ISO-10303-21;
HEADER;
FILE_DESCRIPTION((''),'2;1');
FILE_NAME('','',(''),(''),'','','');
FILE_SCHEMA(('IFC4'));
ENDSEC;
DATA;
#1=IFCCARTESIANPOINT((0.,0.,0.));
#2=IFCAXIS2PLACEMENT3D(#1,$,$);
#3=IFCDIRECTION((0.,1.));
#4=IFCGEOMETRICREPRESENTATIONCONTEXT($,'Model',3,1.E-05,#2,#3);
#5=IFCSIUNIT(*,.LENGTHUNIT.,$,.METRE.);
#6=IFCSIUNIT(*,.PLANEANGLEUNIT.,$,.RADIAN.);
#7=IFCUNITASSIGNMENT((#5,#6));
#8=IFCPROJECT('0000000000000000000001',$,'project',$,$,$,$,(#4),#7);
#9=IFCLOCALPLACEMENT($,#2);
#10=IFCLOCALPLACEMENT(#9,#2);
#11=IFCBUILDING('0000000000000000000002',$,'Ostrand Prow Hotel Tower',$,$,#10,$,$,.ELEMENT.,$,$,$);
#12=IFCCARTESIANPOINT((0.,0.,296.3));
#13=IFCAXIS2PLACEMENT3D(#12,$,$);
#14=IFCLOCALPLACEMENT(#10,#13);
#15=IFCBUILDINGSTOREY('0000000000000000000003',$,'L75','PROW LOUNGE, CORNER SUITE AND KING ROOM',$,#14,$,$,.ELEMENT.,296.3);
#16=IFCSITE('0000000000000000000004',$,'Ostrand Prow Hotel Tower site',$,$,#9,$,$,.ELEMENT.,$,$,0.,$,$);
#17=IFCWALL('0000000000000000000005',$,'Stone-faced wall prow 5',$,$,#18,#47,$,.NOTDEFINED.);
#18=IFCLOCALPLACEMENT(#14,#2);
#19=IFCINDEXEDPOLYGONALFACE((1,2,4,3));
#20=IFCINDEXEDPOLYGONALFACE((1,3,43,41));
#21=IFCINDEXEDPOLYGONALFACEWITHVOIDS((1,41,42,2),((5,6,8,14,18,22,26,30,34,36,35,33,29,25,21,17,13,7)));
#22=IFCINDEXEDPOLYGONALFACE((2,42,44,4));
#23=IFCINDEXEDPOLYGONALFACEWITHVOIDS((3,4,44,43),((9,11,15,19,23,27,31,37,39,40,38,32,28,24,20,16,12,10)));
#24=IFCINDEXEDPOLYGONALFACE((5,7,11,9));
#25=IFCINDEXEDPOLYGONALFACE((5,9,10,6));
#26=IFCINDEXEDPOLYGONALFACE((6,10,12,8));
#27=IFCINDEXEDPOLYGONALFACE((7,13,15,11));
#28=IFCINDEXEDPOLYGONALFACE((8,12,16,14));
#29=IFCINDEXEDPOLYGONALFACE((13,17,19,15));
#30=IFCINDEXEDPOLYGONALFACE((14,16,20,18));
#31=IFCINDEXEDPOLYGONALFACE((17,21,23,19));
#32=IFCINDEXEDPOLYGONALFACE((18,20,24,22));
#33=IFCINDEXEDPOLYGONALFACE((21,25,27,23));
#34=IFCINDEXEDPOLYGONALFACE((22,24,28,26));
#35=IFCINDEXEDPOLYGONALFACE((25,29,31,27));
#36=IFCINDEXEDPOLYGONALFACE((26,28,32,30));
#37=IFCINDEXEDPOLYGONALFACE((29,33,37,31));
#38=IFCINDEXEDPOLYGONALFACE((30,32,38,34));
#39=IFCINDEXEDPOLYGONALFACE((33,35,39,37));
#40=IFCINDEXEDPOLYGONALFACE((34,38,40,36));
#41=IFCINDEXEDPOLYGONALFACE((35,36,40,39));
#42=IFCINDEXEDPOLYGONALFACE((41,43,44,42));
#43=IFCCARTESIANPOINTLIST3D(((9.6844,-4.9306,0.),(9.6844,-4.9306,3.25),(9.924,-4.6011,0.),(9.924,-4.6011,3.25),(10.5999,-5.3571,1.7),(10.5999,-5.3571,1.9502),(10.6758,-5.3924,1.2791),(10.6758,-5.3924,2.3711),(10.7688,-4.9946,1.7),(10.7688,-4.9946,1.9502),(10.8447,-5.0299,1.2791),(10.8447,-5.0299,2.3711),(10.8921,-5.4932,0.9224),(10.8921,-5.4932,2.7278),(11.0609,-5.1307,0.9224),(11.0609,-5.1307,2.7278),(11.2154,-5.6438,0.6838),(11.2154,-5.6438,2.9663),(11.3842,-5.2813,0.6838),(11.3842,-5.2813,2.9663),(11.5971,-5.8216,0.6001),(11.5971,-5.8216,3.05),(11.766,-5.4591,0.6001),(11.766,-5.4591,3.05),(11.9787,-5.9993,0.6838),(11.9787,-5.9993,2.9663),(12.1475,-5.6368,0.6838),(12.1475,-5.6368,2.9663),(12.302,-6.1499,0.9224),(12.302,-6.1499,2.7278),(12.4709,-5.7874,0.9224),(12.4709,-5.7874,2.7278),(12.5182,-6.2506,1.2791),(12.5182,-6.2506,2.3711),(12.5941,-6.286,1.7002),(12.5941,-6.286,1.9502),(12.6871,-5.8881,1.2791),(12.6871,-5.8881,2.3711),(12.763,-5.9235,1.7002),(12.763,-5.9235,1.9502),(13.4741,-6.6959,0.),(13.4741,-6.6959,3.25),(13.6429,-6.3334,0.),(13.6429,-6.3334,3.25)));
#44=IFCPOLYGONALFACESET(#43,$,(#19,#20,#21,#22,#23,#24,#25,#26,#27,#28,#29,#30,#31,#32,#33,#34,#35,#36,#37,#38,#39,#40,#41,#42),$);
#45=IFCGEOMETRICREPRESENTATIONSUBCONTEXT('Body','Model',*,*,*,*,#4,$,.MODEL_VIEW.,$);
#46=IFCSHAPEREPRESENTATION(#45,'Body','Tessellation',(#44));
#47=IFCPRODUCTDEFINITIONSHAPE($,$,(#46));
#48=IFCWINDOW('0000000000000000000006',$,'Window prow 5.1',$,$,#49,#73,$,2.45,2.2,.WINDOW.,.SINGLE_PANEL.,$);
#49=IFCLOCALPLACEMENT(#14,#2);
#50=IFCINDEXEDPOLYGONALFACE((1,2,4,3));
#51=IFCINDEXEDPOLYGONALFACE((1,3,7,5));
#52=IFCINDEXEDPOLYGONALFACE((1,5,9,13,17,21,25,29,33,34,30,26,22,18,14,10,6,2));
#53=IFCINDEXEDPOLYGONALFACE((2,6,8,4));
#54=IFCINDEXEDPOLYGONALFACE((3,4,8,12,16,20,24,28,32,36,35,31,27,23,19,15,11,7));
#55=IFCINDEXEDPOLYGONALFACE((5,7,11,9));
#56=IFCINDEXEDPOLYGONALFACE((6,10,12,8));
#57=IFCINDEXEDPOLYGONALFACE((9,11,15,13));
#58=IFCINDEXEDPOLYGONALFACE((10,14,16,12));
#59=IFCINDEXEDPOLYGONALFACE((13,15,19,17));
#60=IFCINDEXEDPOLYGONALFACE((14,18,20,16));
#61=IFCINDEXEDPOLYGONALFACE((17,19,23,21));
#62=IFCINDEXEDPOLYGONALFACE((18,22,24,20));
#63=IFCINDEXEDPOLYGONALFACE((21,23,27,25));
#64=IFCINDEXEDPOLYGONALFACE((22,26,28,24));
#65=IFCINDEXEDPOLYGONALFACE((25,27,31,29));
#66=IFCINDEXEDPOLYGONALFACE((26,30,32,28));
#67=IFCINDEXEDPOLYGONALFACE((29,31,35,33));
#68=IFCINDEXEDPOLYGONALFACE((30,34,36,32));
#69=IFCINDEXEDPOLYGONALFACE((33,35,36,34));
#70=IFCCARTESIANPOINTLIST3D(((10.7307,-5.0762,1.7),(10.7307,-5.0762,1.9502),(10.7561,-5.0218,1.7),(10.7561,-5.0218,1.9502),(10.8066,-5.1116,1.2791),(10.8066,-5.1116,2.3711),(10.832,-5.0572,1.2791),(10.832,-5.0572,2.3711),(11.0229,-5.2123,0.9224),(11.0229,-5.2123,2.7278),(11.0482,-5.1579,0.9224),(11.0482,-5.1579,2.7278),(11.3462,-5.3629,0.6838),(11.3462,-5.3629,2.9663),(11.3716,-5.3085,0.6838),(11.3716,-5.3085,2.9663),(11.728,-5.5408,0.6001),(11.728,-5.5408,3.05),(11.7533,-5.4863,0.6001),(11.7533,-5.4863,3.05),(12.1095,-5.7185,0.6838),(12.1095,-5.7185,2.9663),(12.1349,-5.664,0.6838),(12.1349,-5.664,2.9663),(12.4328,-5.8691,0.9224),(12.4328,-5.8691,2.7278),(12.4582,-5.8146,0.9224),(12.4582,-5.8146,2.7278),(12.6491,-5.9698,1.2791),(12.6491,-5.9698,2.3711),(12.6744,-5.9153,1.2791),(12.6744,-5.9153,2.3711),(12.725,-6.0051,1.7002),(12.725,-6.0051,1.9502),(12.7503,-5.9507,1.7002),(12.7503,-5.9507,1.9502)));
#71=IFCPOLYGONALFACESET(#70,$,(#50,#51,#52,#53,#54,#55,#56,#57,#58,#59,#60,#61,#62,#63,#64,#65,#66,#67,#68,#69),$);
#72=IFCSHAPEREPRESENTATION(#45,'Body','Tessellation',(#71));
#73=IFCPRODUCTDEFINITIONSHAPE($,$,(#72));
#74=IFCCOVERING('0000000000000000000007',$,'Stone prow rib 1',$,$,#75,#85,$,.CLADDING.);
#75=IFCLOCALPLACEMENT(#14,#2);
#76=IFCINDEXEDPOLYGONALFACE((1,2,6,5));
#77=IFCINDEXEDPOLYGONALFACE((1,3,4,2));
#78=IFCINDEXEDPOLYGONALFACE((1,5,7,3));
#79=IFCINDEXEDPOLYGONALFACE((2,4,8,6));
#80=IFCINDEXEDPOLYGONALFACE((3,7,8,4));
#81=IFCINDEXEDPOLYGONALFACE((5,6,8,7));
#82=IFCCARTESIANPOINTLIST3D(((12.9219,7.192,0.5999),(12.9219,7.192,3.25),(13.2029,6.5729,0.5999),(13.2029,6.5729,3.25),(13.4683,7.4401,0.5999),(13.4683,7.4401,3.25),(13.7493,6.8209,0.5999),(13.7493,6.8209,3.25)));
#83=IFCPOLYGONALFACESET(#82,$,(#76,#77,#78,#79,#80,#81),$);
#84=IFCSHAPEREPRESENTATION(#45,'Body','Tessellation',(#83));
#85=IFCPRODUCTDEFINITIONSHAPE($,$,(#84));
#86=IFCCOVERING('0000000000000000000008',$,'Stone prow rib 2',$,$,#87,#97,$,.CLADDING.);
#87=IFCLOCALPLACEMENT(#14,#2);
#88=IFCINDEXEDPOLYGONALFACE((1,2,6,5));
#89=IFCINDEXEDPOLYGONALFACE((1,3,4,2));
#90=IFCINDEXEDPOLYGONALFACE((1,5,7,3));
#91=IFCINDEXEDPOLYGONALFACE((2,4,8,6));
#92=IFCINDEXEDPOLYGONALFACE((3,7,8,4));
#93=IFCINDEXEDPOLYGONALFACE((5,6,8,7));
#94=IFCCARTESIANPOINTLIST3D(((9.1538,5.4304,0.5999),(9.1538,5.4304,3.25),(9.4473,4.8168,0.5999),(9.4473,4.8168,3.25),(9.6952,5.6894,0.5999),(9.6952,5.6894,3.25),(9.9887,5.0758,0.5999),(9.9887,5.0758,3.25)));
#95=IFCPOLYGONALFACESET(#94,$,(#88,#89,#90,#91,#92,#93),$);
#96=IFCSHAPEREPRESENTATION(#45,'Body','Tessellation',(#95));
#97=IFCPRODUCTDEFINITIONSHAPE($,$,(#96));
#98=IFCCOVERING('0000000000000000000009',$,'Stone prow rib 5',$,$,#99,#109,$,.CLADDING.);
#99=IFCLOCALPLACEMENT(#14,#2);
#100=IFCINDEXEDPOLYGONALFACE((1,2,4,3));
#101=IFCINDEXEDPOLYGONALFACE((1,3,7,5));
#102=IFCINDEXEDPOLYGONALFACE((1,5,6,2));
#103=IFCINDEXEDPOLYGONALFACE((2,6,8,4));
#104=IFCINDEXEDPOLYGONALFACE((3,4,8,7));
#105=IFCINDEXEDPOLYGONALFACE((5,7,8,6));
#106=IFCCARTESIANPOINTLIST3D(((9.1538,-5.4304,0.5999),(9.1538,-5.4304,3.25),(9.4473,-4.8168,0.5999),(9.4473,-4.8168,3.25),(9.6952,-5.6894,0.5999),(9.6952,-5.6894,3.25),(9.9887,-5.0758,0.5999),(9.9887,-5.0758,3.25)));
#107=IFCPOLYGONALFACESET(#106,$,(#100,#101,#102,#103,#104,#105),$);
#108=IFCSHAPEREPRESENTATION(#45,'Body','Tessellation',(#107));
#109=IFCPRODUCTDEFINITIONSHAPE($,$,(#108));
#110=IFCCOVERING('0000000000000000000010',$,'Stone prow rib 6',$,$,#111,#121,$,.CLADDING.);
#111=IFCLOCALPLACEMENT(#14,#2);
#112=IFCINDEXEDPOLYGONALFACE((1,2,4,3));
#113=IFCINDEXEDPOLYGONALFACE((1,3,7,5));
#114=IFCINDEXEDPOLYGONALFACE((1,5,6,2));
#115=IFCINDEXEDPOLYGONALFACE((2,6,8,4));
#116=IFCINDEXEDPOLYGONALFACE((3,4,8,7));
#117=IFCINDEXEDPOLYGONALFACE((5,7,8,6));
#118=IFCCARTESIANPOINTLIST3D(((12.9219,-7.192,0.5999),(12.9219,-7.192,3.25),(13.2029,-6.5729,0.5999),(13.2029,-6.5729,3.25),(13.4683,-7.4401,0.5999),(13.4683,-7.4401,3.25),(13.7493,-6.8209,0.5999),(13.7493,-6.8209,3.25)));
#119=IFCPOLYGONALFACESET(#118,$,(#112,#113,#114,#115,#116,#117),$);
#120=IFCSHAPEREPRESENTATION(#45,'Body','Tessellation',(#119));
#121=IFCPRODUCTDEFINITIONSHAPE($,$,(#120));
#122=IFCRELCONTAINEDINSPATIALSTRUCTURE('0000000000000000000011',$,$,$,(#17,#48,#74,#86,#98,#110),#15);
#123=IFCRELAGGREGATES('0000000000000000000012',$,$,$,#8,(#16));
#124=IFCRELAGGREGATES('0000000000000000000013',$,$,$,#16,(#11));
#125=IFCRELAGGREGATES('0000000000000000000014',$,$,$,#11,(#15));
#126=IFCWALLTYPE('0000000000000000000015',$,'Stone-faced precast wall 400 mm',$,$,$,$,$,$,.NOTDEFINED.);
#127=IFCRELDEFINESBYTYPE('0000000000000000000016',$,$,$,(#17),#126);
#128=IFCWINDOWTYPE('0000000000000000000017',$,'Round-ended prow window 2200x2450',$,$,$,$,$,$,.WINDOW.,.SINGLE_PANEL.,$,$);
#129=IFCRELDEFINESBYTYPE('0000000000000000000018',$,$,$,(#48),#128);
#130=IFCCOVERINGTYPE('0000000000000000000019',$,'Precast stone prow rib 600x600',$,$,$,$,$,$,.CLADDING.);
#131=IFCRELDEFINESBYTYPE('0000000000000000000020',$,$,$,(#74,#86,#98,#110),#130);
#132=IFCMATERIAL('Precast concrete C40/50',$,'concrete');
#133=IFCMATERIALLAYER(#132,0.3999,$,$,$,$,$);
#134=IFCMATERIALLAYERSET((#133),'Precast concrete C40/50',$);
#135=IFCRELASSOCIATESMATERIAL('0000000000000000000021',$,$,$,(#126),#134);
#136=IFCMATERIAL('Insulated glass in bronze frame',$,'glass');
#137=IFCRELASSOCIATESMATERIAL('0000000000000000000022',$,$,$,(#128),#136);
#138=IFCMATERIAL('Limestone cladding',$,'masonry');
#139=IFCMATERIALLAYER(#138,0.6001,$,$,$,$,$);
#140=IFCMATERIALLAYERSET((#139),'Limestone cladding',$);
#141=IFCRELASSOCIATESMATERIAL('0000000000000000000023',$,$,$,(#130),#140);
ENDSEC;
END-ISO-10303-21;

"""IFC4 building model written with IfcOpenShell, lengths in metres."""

from ifc_helpers import new_model, si_unit, direction, frame, frame_2d, origin, place, context, subcontext, project, spatial, polyline, rectangle, outline, extrude, material, layer, layer_set, type_object, element, fill, save


model = new_model("IFC4")

# Units and contexts
model_context = context("Model", 3, precision=1e-05, world=origin(), true_north=direction((0.0, 1.0)))
body_context = subcontext(model_context, "Body", "Model", "MODEL_VIEW")
ifc_project = project(units=[si_unit("LENGTHUNIT", "METRE"), si_unit("PLANEANGLEUNIT", "RADIAN")], contexts=[model_context])

# Site, building, storey
site_placement = place(None, origin())
site = spatial("IfcSite", under=ifc_project, at=site_placement, Name="Ostrand Prow Hotel Tower site", CompositionType="ELEMENT", RefElevation=0.0)
building_placement = place(site_placement, origin())
building = spatial("IfcBuilding", under=site, at=building_placement, Name="Ostrand Prow Hotel Tower", CompositionType="ELEMENT")
storey_placement = place(building_placement, frame((0.0, 0.0, 296.3)))
storey = spatial("IfcBuildingStorey", under=building, at=storey_placement, Name="L75", Description="PROW LOUNGE, CORNER SUITE AND KING ROOM", CompositionType="ELEMENT", Elevation=296.3)

# Wall, opening, window
ifc_material_1 = material(Name="Precast concrete C40/50", Category="concrete")
ifc_layer_1 = layer(ifc_material_1, 0.3999)
ifc_layer_set_1 = layer_set([ifc_layer_1], Name="Precast concrete C40/50")
wall_type_1 = type_object("IfcWallType", Name="Stone-faced precast wall 400 mm", PredefinedType="NOTDEFINED", material=ifc_layer_set_1)
ifc_material_2 = material(Name="Insulated glass in bronze frame", Category="glass")
window_type = type_object("IfcWindowType", Name="Round-ended prow window 2200x2450", PartitioningType="SINGLE_PANEL", PredefinedType="WINDOW", material=ifc_material_2)
wall_1_placement = place(storey_placement, frame((9.8042, -4.7659, 0.0), z_axis=(0.0, 0.0, 1.0), x_axis=(0.906486, -0.422237, 0.0)))
wall_1 = element("IfcWall", 1, at=wall_1_placement, inside=storey, type_object=wall_type_1, Name="Stone-faced wall prow 5", PredefinedType="NOTDEFINED", context=body_context, shape_type="SweptSolid", body=[
    extrude(outline(polyline([(-0.0391, -0.2), (4.1416, -0.2), (4.1416, 0.2), (0.0391, 0.2), (-0.0391, -0.2)])), origin(), (0.0, 0.0, 1.0), 3.25),
])
opening_1_placement = place(wall_1_placement, frame((0.9709, 0.0, 0.6001)))
opening_1 = element("IfcOpeningElement", 2, at=opening_1_placement, cuts=wall_1, PredefinedType="OPENING", context=body_context, shape_type="SweptSolid", body=[
    extrude(outline(polyline([(0.0, 1.3501), (0.0837, 1.771), (0.3223, 2.1277), (0.679, 2.3662), (1.1001, 2.45), (1.521, 2.3662), (1.8777, 2.1277), (2.1162, 1.771), (2.2, 1.3501), (2.2, 1.1001), (2.1162, 0.679), (1.8777, 0.3223), (1.521, 0.0837), (1.1001, 0.0), (0.679, 0.0837), (0.3223, 0.3223), (0.0837, 0.679), (0.0, 1.0999), (0.0, 1.3501)])), frame((0.0, 0.21, 0.0), z_axis=(0.0, -1.0, 0.0), x_axis=(1.0, 0.0, 0.0)), (0.0, 0.0, 1.0), 0.4199),
])
window_1_placement = place(opening_1_placement, origin())
window_1 = element("IfcWindow", 3, at=window_1_placement, inside=storey, type_object=window_type, Name="Window prow 5.1", OverallHeight=2.45, OverallWidth=2.2, PartitioningType="SINGLE_PANEL", PredefinedType="WINDOW", context=body_context, shape_type="SweptSolid", body=[
    extrude(outline(polyline([(0.0, 1.3501), (0.0837, 1.771), (0.3223, 2.1277), (0.679, 2.3662), (1.1001, 2.45), (1.521, 2.3662), (1.8777, 2.1277), (2.1162, 1.771), (2.2, 1.3501), (2.2, 1.1001), (2.1162, 0.679), (1.8777, 0.3223), (1.521, 0.0837), (1.1001, 0.0), (0.679, 0.0837), (0.3223, 0.3223), (0.0837, 0.679), (0.0, 1.0999), (0.0, 1.3501)])), frame((0.0, 0.1699, 0.0), z_axis=(0.0, -1.0, 0.0), x_axis=(1.0, 0.0, 0.0)), (0.0, 0.0, 1.0), 0.0601),
])
fill(opening_1, window_1)

# Coverings
ifc_material_3 = material(Name="Limestone cladding", Category="masonry")
ifc_layer_2 = layer(ifc_material_3, 0.6001)
ifc_layer_set_2 = layer_set([ifc_layer_2], Name="Limestone cladding")
covering_type = type_object("IfcCoveringType", Name="Precast stone prow rib 600x600", PredefinedType="CLADDING", material=ifc_layer_set_2)
covering_1_placement = place(storey_placement, frame((13.4761, 6.697, 0.5999), z_axis=(0.0, 0.0, 1.0), x_axis=(-0.413289, 0.9106, 0.0)))
element("IfcCovering", 4, at=covering_1_placement, inside=storey, type_object=covering_type, Name="Stone prow rib 1", PredefinedType="CLADDING", context=body_context, shape_type="SweptSolid", body=[
    extrude(rectangle(XDim=0.6799, YDim=0.6001, at=frame_2d((0.3398, 0.0))), origin(), (0.0, 0.0, 1.0), 2.6501),
])
for number, where, z_axis, x_axis, name in (
    (5, (9.718, 4.9463, 0.5999), (0.0, 0.0, 1.0), (-0.431494, 0.902116, 0.0), "Stone prow rib 2"),
    (6, (9.718, -4.9463, 0.5999), (0.0, 0.0, 1.0), (-0.431494, -0.902116, 0.0), "Stone prow rib 5"),
):
    element("IfcCovering", number, at=place(storey_placement, frame(where, z_axis=z_axis, x_axis=x_axis)), inside=storey, type_object=covering_type, Name=name, PredefinedType="CLADDING", context=body_context, shape_type="SweptSolid", body=[
        extrude(rectangle(XDim=0.6802, YDim=0.6001, at=frame_2d((0.3401, 0.0))), origin(), (0.0, 0.0, 1.0), 2.6501),
    ])
covering_2_placement = place(storey_placement, frame((13.4761, -6.697, 0.5999), z_axis=(0.0, 0.0, 1.0), x_axis=(-0.413289, -0.9106, 0.0)))
element("IfcCovering", 7, at=covering_2_placement, inside=storey, type_object=covering_type, Name="Stone prow rib 6", PredefinedType="CLADDING", context=body_context, shape_type="SweptSolid", body=[
    extrude(rectangle(XDim=0.6799, YDim=0.6001, at=frame_2d((0.3398, 0.0))), origin(), (0.0, 0.0, 1.0), 2.6501),
])

save(model, "model.ifc")
